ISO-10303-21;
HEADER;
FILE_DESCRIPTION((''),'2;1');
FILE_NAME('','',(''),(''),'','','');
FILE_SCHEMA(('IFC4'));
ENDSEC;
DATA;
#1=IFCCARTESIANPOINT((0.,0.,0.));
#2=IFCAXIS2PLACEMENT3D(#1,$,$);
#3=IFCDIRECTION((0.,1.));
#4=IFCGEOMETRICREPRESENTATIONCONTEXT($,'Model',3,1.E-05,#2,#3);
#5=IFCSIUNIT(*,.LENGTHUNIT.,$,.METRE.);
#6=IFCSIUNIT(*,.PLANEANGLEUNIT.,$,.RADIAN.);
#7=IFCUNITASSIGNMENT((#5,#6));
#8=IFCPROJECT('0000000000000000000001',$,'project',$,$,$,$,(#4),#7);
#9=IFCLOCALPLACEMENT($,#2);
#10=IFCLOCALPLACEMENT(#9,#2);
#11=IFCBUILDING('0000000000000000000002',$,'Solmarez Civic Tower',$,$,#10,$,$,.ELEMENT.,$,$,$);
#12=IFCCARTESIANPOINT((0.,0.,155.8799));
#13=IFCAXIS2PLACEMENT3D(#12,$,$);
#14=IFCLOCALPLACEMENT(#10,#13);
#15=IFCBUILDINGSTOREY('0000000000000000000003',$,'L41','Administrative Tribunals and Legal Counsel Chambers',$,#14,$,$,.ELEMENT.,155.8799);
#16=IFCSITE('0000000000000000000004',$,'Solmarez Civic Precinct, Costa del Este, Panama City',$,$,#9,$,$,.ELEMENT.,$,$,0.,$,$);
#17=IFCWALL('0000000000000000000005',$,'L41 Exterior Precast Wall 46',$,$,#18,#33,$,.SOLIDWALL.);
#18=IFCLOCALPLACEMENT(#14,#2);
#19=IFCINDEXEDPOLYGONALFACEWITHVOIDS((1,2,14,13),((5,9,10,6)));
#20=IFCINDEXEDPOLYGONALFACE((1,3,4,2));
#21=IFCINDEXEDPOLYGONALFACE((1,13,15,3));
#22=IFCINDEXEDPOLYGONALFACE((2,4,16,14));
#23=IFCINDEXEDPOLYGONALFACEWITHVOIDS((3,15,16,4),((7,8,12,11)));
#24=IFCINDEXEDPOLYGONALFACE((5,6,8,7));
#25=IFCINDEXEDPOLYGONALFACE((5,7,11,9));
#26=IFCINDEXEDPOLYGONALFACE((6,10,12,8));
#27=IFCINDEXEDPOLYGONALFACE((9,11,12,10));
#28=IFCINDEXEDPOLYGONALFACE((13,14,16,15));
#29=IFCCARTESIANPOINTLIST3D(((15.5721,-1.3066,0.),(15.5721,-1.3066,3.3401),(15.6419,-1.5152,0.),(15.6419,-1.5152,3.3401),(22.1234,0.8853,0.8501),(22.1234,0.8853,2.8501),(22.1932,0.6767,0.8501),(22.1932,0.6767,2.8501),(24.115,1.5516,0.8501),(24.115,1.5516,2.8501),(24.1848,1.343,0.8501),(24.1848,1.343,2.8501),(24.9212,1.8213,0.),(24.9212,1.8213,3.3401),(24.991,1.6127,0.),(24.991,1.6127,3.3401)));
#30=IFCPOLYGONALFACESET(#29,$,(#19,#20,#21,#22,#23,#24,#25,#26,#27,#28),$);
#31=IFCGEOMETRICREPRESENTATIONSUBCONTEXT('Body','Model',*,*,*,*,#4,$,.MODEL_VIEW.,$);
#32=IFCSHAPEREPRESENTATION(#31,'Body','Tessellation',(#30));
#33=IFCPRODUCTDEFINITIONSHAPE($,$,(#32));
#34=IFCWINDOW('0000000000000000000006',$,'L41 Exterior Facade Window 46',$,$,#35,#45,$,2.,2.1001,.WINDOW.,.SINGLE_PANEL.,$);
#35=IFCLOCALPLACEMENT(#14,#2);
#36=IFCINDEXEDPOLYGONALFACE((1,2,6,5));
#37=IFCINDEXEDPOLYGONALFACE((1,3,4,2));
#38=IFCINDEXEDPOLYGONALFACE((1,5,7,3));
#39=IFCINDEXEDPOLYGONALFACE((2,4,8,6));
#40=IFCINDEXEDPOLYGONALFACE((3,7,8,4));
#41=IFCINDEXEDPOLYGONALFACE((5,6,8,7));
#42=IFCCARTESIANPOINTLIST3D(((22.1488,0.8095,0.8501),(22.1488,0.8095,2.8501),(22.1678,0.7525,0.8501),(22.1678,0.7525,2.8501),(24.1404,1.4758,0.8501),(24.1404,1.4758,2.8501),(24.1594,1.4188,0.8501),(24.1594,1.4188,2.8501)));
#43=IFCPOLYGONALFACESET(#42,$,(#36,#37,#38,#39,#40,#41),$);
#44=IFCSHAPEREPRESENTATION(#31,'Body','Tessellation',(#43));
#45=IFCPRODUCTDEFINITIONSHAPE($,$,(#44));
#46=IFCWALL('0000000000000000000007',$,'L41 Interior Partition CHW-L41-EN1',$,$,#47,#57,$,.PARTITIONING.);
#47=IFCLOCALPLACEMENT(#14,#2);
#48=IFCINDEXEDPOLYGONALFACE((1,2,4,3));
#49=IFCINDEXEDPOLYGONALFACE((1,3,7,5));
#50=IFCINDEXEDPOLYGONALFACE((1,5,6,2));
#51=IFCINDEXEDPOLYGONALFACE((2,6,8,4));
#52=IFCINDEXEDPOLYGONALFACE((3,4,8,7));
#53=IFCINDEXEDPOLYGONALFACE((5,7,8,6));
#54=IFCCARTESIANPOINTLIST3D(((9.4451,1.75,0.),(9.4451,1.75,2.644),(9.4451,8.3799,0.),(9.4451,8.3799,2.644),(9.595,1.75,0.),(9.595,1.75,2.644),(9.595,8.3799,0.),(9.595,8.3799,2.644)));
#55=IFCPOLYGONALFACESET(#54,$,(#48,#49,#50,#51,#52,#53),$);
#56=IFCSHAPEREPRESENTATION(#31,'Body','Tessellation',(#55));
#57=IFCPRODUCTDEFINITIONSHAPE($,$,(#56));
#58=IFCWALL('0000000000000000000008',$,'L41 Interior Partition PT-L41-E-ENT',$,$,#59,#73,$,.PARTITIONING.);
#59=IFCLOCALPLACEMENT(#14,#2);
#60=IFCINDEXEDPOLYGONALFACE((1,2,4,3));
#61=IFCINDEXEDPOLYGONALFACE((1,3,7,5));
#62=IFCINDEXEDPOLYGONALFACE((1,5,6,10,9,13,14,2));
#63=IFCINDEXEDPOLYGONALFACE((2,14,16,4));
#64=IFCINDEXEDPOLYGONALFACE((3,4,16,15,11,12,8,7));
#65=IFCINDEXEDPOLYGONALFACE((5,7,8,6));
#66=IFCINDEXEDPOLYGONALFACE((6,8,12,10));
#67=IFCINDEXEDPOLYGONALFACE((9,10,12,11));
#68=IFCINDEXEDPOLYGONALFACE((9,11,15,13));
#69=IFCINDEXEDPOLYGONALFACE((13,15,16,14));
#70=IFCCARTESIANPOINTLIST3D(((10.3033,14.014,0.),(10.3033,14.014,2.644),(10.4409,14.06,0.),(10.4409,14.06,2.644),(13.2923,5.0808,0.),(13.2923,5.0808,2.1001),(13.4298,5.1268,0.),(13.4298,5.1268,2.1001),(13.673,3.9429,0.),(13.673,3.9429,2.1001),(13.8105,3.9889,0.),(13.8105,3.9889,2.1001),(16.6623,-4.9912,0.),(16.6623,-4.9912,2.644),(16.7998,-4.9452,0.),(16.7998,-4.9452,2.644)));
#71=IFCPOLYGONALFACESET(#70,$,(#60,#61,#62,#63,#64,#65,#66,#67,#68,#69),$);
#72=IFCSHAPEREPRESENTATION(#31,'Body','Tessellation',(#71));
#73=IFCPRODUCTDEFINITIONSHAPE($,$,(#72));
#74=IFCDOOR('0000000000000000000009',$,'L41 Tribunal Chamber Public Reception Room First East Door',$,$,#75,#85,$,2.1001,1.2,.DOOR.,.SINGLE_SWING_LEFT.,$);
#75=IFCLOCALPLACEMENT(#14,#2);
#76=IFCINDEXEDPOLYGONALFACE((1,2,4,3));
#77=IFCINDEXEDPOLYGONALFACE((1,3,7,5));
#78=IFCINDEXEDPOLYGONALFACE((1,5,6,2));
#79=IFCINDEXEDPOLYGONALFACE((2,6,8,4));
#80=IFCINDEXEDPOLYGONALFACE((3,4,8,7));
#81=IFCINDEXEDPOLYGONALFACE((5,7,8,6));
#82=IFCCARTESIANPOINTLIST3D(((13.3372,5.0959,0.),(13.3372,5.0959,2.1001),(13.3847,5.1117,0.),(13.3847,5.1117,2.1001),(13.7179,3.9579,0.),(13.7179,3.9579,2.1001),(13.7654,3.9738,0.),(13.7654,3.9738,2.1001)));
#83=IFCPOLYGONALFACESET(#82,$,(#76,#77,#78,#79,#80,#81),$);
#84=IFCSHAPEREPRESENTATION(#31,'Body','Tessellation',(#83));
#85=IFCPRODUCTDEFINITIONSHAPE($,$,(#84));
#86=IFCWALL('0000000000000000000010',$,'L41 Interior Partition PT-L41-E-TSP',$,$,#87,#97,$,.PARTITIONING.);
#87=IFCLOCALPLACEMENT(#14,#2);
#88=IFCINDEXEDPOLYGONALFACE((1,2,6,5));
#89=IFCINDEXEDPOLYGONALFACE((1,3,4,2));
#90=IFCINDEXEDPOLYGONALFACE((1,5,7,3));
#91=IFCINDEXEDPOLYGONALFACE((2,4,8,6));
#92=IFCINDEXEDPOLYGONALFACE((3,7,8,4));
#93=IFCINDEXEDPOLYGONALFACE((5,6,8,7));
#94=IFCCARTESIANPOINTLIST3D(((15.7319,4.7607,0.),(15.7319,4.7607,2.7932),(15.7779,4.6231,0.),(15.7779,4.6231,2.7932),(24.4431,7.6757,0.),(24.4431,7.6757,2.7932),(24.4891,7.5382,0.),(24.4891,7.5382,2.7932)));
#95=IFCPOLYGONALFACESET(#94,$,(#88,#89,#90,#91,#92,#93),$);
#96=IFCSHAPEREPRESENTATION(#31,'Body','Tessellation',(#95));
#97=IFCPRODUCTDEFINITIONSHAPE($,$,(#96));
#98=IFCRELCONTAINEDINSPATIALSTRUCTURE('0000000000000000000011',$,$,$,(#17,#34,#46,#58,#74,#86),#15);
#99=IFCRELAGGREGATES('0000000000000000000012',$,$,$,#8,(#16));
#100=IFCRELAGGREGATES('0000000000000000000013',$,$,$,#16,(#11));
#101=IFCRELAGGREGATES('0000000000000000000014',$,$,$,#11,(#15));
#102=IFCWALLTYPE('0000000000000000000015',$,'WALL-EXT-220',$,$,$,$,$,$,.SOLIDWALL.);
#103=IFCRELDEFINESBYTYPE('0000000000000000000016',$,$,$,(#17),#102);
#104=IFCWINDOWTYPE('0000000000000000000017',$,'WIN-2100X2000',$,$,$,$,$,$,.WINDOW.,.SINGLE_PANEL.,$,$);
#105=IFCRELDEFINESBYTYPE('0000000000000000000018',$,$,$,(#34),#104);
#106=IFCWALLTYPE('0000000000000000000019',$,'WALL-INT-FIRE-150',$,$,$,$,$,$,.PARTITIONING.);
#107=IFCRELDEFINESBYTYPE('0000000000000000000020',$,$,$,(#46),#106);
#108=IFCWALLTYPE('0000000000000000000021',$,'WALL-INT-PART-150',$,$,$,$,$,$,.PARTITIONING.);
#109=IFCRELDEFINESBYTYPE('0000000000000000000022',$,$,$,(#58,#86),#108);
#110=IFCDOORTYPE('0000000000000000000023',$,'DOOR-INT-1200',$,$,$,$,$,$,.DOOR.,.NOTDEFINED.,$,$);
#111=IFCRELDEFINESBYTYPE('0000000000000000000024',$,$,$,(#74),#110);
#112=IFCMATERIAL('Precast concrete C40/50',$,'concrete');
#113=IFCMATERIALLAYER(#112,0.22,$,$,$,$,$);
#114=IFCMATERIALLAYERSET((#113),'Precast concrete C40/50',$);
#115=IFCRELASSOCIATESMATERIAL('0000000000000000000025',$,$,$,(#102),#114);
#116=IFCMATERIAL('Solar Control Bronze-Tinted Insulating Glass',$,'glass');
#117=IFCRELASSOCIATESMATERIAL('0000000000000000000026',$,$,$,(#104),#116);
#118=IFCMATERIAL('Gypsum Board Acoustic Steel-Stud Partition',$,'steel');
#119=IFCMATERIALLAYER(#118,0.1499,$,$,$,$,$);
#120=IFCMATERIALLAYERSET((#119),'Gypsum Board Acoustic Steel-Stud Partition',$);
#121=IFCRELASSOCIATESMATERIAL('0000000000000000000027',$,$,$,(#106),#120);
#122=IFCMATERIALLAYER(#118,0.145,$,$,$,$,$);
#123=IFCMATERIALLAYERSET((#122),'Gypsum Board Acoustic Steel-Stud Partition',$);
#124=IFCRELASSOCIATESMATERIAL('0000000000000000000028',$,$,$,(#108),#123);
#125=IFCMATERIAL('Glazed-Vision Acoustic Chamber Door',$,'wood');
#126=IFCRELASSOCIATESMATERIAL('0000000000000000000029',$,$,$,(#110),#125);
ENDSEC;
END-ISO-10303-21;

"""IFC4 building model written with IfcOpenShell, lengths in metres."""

from ifc_helpers import new_model, si_unit, direction, frame, frame_2d, origin, place, context, subcontext, project, spatial, rectangle, extrude, material, layer, layer_set, type_object, element, fill, save


model = new_model("IFC4")

# Units and contexts
model_context = context("Model", 3, precision=1e-05, world=origin(), true_north=direction((0.0, 1.0)))
body_context = subcontext(model_context, "Body", "Model", "MODEL_VIEW")
ifc_project = project(units=[si_unit("LENGTHUNIT", "METRE"), si_unit("PLANEANGLEUNIT", "RADIAN")], contexts=[model_context])

# Site, building, storey
site_placement = place(None, origin())
site = spatial("IfcSite", under=ifc_project, at=site_placement, Name="Solmarez Civic Precinct, Costa del Este, Panama City", CompositionType="ELEMENT", RefElevation=0.0)
building_placement = place(site_placement, origin())
building = spatial("IfcBuilding", under=site, at=building_placement, Name="Solmarez Civic Tower", CompositionType="ELEMENT")
storey_placement = place(building_placement, frame((0.0, 0.0, 155.8799)))
storey = spatial("IfcBuildingStorey", under=building, at=storey_placement, Name="L41", Description="Administrative Tribunals and Legal Counsel Chambers", CompositionType="ELEMENT", Elevation=155.8799)

# Shared definitions
ifc_material_1 = material(Name="Precast concrete C40/50", Category="concrete")
ifc_layer_1 = layer(ifc_material_1, 0.22)
ifc_layer_set_1 = layer_set([ifc_layer_1], Name="Precast concrete C40/50")
wall_type_1 = type_object("IfcWallType", Name="WALL-EXT-220", PredefinedType="SOLIDWALL", material=ifc_layer_set_1)

# Shared definitions
ifc_material_2 = material(Name="Solar Control Bronze-Tinted Insulating Glass", Category="glass")

# Wall, opening, window
wall_1_placement = place(storey_placement, frame((24.9561, 1.717, 0.0), z_axis=(0.0, 0.0, 1.0), x_axis=(-0.948331, -0.317283, 0.0)))
wall_1 = element("IfcWall", 1, at=wall_1_placement, inside=storey, type_object=wall_type_1, Name="L41 Exterior Precast Wall 46", PredefinedType="SOLIDWALL", context=body_context, shape_type="SweptSolid", body=[
    extrude(rectangle(XDim=9.8584, YDim=0.22, at=frame_2d((4.9292, 0.0))), origin(), (0.0, 0.0, 1.0), 3.3401),
])
opening_1_placement = place(wall_1_placement, frame((0.8501, 0.0, 0.8501)))
opening_1 = element("IfcOpeningElement", 2, at=opening_1_placement, cuts=wall_1, PredefinedType="OPENING", context=body_context, shape_type="SweptSolid", body=[
    extrude(rectangle(XDim=2.1001, YDim=2.0, at=frame_2d((1.05, 1.0))), frame((0.0, 0.1199, 0.0), z_axis=(0.0, -1.0, 0.0), x_axis=(1.0, 0.0, 0.0)), (0.0, 0.0, 1.0), 0.24),
])
window_type_1 = type_object("IfcWindowType", Name="WIN-2100X2000", PartitioningType="SINGLE_PANEL", PredefinedType="WINDOW", material=ifc_material_2)
window_1_placement = place(opening_1_placement, origin())
window_1 = element("IfcWindow", 3, at=window_1_placement, inside=storey, type_object=window_type_1, Name="L41 Exterior Facade Window 46", OverallHeight=2.0, OverallWidth=2.1001, PartitioningType="SINGLE_PANEL", PredefinedType="WINDOW", context=body_context, shape_type="SweptSolid", body=[
    extrude(rectangle(XDim=2.1001, YDim=2.0, at=frame_2d((1.05, 1.0))), frame((0.0, 0.03, 0.0), z_axis=(0.0, -1.0, 0.0), x_axis=(1.0, 0.0, 0.0)), (0.0, 0.0, 1.0), 0.0601),
])
fill(opening_1, window_1)

# Wall
ifc_material_3 = material(Name="Gypsum Board Acoustic Steel-Stud Partition", Category="steel")
ifc_layer_2 = layer(ifc_material_3, 0.1499)
ifc_layer_set_2 = layer_set([ifc_layer_2], Name="Gypsum Board Acoustic Steel-Stud Partition")
wall_type_2 = type_object("IfcWallType", Name="WALL-INT-FIRE-150", PredefinedType="PARTITIONING", material=ifc_layer_set_2)
wall_2_placement = place(storey_placement, frame((9.52, 1.75, 0.0), z_axis=(0.0, 0.0, 1.0), x_axis=(0.0, 1.0, 0.0)))
element("IfcWall", 4, at=wall_2_placement, inside=storey, type_object=wall_type_2, Name="L41 Interior Partition CHW-L41-EN1", PredefinedType="PARTITIONING", context=body_context, shape_type="SweptSolid", body=[
    extrude(rectangle(XDim=6.6299, YDim=0.1499, at=frame_2d((3.3149, 0.0))), origin(), (0.0, 0.0, 1.0), 2.644),
])

# Wall, opening, door
ifc_layer_3 = layer(ifc_material_3, 0.145)
ifc_layer_set_3 = layer_set([ifc_layer_3], Name="Gypsum Board Acoustic Steel-Stud Partition")
wall_type_3 = type_object("IfcWallType", Name="WALL-INT-PART-150", PredefinedType="PARTITIONING", material=ifc_layer_set_3)
wall_3_placement = place(storey_placement, frame((10.3721, 14.0371, 0.0), z_axis=(0.0, 0.0, 1.0), x_axis=(0.317298, -0.948326, 0.0)))
wall_3 = element("IfcWall", 5, at=wall_3_placement, inside=storey, type_object=wall_type_3, Name="L41 Interior Partition PT-L41-E-ENT", PredefinedType="PARTITIONING", context=body_context, shape_type="SweptSolid", body=[
    extrude(rectangle(XDim=20.0408, YDim=0.145, at=frame_2d((10.0205, 0.0))), origin(), (0.0, 0.0, 1.0), 2.644),
])
opening_2_placement = place(wall_3_placement, frame((9.4199, 0.0, 0.0)))
opening_2 = element("IfcOpeningElement", 6, at=opening_2_placement, cuts=wall_3, PredefinedType="OPENING", context=body_context, shape_type="SweptSolid", body=[
    extrude(rectangle(XDim=1.2, YDim=2.1001, at=frame_2d((0.6001, 1.05))), frame((0.0, 0.0825, 0.0), z_axis=(0.0, -1.0, 0.0), x_axis=(1.0, 0.0, 0.0)), (0.0, 0.0, 1.0), 0.165),
])
ifc_material_4 = material(Name="Glazed-Vision Acoustic Chamber Door", Category="wood")
door_type = type_object("IfcDoorType", Name="DOOR-INT-1200", OperationType="NOTDEFINED", PredefinedType="DOOR", material=ifc_material_4)
door_placement = place(opening_2_placement, origin())
door = element("IfcDoor", 7, at=door_placement, inside=storey, type_object=door_type, Name="L41 Tribunal Chamber Public Reception Room First East Door", OperationType="SINGLE_SWING_LEFT", OverallHeight=2.1001, OverallWidth=1.2, PredefinedType="DOOR", context=body_context, shape_type="SweptSolid", body=[
    extrude(rectangle(XDim=1.2, YDim=2.1001, at=frame_2d((0.6001, 1.05))), frame((0.0, 0.0249, 0.0), z_axis=(0.0, -1.0, 0.0), x_axis=(1.0, 0.0, 0.0)), (0.0, 0.0, 1.0), 0.05),
])
fill(opening_2, door)

# Wall
wall_4_placement = place(storey_placement, frame((15.7549, 4.6919, 0.0), z_axis=(0.0, 0.0, 1.0), x_axis=(0.948313, 0.317336, 0.0)))
element("IfcWall", 8, at=wall_4_placement, inside=storey, type_object=wall_type_3, Name="L41 Interior Partition PT-L41-E-TSP", PredefinedType="PARTITIONING", context=body_context, shape_type="SweptSolid", body=[
    extrude(rectangle(XDim=9.186, YDim=0.145, at=frame_2d((4.593, 0.0))), origin(), (0.0, 0.0, 1.0), 2.7932),
])

save(model, "model.ifc")
